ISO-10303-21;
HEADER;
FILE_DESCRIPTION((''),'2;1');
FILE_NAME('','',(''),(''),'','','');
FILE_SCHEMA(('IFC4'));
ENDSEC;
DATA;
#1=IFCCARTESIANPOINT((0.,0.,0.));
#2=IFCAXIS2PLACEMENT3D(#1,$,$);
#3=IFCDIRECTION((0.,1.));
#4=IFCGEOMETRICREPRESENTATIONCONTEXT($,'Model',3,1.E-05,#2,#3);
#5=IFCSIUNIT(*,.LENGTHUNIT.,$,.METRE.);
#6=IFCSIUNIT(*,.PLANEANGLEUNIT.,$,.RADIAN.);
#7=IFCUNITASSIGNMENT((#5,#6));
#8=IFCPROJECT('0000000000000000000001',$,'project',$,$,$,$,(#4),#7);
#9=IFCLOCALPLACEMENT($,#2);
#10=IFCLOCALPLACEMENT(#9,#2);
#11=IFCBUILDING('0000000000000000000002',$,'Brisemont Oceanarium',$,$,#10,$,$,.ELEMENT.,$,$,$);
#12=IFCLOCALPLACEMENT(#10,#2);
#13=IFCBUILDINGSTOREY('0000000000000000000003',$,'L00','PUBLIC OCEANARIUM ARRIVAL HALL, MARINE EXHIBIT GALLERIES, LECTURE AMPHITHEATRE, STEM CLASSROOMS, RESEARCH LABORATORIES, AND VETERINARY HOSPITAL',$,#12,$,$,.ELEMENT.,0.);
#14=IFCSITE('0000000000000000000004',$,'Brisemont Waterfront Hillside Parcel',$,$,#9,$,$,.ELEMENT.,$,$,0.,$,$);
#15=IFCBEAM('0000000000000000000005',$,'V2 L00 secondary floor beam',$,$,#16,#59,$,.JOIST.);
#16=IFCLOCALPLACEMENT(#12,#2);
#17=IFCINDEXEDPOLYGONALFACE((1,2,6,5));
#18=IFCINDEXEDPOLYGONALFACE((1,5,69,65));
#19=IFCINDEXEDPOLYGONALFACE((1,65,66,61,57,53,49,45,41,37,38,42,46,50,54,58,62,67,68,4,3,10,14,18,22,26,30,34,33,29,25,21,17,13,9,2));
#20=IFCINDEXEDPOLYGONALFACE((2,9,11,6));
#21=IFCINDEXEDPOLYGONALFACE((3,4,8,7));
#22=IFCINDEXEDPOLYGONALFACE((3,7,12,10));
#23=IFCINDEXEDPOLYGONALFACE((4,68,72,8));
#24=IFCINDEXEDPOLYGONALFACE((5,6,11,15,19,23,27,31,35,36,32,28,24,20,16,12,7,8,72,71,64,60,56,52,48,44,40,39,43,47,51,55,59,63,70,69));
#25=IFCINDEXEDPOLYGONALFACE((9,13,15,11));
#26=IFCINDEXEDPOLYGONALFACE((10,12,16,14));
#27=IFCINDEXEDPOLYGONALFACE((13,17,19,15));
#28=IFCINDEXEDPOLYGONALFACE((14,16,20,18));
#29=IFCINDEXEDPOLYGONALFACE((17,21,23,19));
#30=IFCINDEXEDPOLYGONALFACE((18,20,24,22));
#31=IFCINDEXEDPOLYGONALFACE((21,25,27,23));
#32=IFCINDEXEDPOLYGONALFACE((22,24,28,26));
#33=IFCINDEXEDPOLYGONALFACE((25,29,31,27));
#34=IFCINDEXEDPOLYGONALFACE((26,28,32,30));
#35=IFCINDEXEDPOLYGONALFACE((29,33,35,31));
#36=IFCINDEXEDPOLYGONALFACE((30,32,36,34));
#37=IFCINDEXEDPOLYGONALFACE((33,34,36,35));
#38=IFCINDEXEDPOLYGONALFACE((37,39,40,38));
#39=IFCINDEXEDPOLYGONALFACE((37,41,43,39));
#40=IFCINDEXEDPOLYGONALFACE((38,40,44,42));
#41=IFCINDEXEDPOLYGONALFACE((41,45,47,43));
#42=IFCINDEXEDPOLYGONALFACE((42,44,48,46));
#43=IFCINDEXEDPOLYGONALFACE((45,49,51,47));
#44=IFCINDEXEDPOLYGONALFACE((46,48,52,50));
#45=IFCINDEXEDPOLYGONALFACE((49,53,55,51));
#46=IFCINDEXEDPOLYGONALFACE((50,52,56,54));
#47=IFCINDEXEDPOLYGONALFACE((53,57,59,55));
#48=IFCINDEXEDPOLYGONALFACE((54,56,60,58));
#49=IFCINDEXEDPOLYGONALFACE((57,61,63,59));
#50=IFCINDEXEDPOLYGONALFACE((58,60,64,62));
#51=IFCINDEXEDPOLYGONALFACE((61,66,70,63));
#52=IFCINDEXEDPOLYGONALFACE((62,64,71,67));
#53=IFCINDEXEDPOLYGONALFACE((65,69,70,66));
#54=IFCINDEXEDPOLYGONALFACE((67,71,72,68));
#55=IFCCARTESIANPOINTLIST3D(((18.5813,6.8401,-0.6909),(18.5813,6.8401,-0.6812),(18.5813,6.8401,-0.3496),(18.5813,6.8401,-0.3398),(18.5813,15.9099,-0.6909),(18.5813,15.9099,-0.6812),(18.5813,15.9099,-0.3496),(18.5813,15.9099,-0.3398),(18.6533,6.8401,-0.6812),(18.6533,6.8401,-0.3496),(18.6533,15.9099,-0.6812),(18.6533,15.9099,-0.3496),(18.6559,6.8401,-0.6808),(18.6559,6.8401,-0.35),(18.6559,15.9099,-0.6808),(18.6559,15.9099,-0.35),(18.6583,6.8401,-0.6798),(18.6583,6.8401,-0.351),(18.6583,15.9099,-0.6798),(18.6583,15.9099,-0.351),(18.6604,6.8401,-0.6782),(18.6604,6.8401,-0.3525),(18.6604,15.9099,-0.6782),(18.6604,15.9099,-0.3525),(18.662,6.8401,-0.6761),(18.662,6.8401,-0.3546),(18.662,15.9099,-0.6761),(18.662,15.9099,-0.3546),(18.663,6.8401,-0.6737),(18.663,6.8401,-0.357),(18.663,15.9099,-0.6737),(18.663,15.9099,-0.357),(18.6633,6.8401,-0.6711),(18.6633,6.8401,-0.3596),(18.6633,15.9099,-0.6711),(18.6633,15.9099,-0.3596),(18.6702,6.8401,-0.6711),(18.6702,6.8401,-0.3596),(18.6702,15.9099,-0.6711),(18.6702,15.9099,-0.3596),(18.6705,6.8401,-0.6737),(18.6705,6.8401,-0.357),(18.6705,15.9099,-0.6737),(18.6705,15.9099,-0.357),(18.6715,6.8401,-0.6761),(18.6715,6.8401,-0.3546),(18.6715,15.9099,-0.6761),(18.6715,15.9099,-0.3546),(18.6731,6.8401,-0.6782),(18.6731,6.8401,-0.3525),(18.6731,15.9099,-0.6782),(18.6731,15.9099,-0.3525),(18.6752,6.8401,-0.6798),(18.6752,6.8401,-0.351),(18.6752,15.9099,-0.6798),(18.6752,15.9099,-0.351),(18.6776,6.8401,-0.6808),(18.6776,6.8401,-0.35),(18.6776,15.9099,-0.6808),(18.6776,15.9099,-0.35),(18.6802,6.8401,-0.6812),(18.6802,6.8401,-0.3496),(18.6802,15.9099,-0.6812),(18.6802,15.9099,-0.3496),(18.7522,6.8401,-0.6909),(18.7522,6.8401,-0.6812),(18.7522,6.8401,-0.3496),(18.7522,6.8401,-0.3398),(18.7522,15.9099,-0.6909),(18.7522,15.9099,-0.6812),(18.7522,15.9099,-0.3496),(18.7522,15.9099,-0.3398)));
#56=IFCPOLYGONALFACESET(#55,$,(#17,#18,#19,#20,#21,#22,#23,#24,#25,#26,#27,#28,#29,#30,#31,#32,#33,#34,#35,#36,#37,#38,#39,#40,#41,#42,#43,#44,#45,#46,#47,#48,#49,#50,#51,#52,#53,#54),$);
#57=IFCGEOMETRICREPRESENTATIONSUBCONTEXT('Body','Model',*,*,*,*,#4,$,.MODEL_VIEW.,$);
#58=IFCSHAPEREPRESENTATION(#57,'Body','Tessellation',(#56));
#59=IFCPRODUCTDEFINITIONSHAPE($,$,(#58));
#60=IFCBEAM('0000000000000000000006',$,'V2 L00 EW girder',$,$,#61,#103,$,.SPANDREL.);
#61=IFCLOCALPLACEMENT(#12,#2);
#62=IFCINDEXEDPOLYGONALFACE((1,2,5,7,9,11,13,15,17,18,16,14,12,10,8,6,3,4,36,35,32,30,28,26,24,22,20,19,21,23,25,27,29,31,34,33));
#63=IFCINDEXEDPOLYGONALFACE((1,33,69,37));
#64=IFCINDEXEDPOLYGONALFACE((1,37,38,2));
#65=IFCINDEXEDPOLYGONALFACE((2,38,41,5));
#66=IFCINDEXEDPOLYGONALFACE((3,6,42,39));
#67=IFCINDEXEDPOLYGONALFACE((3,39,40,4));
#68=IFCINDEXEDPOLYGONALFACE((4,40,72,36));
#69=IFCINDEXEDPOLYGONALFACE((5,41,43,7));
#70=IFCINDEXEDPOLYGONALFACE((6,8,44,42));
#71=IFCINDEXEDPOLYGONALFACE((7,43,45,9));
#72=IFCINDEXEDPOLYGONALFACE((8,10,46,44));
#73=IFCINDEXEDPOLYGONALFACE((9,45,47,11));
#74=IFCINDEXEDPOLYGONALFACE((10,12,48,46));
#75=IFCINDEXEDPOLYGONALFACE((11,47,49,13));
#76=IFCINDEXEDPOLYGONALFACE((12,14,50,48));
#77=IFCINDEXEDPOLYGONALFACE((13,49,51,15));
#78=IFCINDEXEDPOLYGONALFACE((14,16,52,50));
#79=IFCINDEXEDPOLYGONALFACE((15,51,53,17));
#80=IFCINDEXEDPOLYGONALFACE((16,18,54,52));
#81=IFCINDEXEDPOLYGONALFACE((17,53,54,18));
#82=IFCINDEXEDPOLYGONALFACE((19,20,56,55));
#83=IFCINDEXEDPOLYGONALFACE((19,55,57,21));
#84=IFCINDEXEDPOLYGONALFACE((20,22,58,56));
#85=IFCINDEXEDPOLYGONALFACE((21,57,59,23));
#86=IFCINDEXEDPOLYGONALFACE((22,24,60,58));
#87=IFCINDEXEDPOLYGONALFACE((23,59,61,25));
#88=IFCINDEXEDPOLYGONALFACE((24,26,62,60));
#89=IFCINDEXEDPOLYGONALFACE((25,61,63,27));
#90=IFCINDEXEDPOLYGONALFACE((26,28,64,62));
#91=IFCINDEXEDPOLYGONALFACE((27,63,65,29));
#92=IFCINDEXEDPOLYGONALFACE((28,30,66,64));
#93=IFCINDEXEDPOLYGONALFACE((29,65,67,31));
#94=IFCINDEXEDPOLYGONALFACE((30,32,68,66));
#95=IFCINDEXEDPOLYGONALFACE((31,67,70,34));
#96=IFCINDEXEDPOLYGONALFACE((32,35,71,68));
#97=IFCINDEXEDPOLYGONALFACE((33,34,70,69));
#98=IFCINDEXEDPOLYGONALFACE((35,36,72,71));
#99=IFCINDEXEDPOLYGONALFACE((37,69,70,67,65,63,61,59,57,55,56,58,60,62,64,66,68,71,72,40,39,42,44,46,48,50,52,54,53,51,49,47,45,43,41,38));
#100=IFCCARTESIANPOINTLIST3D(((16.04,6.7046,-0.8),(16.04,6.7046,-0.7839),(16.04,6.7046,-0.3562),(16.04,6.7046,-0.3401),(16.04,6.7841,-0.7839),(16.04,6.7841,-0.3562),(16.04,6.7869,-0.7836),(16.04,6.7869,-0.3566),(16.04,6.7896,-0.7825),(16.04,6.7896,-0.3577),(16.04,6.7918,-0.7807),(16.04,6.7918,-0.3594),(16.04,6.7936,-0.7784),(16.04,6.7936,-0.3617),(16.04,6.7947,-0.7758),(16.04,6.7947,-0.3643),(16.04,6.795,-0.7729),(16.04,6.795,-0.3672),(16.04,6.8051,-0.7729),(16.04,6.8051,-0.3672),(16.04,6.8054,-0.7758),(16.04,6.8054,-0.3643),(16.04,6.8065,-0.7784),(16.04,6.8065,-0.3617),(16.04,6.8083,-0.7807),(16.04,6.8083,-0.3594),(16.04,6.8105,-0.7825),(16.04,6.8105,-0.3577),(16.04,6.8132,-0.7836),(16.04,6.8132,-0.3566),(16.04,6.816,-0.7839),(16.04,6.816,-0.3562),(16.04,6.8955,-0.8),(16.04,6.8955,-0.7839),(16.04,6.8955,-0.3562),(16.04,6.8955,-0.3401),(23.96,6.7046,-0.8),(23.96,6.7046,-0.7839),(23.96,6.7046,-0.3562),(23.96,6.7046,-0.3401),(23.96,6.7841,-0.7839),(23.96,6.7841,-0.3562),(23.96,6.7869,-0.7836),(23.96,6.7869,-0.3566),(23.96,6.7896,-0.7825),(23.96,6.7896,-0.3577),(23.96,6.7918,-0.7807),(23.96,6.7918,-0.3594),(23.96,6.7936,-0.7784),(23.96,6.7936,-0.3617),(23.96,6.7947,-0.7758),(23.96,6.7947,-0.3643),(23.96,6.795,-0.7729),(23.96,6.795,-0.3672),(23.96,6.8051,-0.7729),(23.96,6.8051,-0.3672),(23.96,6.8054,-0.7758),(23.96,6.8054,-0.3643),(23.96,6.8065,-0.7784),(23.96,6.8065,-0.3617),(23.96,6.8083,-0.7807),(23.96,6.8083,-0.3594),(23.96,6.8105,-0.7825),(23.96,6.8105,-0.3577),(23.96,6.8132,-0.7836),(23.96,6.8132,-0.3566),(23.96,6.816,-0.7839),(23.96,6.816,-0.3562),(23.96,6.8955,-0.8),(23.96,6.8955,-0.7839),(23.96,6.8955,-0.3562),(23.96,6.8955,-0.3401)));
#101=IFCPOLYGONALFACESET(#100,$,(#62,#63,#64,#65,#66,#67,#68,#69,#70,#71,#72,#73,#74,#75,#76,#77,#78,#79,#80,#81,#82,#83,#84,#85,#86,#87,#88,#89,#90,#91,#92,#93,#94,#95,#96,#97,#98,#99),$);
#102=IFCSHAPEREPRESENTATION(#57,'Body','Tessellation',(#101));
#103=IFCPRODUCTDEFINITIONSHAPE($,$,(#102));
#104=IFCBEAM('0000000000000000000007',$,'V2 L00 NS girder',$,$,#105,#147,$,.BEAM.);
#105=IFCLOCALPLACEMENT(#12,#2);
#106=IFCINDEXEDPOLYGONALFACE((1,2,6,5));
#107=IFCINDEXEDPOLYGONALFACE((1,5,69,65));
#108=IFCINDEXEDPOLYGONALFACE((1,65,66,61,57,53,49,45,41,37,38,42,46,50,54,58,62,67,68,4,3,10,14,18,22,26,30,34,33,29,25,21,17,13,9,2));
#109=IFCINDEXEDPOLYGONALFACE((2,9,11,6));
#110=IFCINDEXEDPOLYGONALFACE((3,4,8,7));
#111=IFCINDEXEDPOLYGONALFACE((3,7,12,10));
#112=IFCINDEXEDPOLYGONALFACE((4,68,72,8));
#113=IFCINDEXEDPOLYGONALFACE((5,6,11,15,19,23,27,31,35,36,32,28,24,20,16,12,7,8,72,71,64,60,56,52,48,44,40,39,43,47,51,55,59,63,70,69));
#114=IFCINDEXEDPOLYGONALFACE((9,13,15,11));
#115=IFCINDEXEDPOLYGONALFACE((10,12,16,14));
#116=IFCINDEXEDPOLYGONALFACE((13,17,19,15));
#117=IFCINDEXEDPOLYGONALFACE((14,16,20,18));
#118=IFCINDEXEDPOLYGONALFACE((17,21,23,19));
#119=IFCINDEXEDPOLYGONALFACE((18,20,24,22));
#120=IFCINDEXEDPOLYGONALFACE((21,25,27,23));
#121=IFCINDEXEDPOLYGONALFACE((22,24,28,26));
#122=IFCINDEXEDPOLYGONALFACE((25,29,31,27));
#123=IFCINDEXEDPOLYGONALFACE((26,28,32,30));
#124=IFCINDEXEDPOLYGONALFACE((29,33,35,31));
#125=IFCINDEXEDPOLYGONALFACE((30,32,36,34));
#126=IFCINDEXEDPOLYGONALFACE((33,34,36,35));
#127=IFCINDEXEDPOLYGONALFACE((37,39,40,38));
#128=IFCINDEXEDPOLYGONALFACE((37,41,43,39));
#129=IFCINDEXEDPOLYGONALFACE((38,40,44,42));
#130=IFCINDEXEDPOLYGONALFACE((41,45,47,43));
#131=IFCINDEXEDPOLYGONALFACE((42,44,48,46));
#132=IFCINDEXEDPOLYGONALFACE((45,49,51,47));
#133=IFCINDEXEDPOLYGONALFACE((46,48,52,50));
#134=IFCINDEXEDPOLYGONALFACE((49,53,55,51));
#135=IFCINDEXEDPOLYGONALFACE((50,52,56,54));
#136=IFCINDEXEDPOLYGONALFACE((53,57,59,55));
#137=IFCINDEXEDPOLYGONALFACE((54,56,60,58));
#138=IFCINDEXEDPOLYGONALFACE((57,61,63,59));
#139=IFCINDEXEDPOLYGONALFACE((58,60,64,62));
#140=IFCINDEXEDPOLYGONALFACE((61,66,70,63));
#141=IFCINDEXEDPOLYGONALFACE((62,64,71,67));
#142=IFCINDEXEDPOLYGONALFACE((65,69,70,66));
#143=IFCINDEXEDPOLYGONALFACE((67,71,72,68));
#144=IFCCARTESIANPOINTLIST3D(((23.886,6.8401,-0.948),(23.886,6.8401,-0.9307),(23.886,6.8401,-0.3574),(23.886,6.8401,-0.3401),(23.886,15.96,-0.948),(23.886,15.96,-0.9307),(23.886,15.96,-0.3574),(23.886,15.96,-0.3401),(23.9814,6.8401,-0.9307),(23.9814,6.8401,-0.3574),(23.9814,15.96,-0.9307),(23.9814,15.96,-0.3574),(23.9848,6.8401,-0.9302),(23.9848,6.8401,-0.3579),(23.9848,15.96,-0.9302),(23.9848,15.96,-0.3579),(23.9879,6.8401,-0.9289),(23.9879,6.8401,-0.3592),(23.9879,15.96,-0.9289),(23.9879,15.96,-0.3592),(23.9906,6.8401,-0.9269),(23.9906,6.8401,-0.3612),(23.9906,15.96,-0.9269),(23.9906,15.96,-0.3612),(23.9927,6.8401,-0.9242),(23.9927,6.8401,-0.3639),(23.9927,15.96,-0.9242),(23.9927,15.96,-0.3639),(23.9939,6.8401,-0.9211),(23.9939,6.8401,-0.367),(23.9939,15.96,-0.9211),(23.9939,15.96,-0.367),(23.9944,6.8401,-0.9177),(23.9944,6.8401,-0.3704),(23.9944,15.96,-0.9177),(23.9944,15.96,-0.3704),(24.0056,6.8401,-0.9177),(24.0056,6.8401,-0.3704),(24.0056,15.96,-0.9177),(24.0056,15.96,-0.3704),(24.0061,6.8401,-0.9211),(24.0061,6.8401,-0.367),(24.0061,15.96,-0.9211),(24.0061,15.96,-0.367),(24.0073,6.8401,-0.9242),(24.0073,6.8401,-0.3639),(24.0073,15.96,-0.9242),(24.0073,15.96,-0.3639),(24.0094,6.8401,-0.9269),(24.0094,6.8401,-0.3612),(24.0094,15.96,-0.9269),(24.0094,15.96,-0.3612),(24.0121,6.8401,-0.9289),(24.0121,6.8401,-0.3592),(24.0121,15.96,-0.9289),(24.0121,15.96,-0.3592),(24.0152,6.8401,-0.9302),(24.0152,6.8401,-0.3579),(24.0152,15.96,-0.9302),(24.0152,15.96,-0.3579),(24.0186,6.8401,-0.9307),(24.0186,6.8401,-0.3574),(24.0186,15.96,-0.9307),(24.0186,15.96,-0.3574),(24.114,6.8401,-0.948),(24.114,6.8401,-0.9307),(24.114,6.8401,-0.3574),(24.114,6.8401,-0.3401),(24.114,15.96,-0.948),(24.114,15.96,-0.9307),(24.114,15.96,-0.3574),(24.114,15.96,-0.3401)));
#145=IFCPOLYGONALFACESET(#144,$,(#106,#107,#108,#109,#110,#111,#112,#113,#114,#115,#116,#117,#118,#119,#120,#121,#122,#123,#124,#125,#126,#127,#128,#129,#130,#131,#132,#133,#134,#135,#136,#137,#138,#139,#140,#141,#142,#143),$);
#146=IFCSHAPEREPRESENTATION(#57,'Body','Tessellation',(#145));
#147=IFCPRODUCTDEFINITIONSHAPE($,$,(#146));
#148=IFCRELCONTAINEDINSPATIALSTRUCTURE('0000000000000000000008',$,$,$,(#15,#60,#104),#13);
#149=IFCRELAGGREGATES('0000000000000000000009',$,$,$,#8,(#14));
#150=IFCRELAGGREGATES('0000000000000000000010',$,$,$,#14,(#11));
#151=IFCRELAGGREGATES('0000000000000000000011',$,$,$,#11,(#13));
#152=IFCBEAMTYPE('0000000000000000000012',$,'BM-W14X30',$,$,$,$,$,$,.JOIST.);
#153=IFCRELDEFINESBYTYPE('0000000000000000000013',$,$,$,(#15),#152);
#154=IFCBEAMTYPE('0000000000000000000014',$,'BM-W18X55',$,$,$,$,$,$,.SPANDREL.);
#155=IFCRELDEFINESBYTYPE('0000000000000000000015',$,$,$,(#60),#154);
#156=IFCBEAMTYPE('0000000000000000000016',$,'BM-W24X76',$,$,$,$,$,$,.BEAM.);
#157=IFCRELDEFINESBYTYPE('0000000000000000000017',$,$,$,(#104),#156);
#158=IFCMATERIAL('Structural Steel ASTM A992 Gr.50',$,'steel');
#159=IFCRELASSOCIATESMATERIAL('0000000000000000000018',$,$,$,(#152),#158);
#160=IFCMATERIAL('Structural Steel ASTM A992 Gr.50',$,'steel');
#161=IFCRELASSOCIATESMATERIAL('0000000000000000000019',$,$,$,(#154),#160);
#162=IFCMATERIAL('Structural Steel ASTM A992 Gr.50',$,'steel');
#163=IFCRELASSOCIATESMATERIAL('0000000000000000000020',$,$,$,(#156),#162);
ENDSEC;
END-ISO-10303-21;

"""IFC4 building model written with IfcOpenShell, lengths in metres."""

from ifc_helpers import new_model, si_unit, direction, frame, origin, origin_2d, place, context, subcontext, project, spatial, i_section, extrude, material, material_profile, profile_set, type_object, element, save


model = new_model("IFC4")

# Units and contexts
model_context = context("Model", 3, precision=1e-05, world=origin(), true_north=direction((0.0, 1.0)))
body_context = subcontext(model_context, "Body", "Model", "MODEL_VIEW")
ifc_project = project(units=[si_unit("LENGTHUNIT", "METRE"), si_unit("PLANEANGLEUNIT", "RADIAN")], contexts=[model_context])

# Site, building, storey
site_placement = place(None, origin())
site = spatial("IfcSite", under=ifc_project, at=site_placement, Name="Brisemont Waterfront Hillside Parcel", CompositionType="ELEMENT", RefElevation=0.0)
building_placement = place(site_placement, origin())
building = spatial("IfcBuilding", under=site, at=building_placement, Name="Brisemont Oceanarium", CompositionType="ELEMENT")
storey_placement = place(building_placement, origin())
storey = spatial("IfcBuildingStorey", under=building, at=storey_placement, Name="L00", Description="PUBLIC OCEANARIUM ARRIVAL HALL, MARINE EXHIBIT GALLERIES, LECTURE AMPHITHEATRE, STEM CLASSROOMS, RESEARCH LABORATORIES, AND VETERINARY HOSPITAL", CompositionType="ELEMENT", Elevation=0.0)

# Beams
ifc_material_1 = material(Name="Structural Steel ASTM A992 Gr.50", Category="steel")
ifc_material_profile_1 = material_profile(ifc_material_1, i_section(OverallWidth=0.1709, OverallDepth=0.3511, WebThickness=0.0068, FlangeThickness=0.0098, FilletRadius=0.01, at=origin_2d()), Name="W14X30")
ifc_profile_set_1 = profile_set([ifc_material_profile_1], Name="Structural Steel ASTM A992 Gr.50")
beam_type_1 = type_object("IfcBeamType", Name="BM-W14X30", PredefinedType="JOIST", material=ifc_profile_set_1)
beam_1_placement = place(storey_placement, frame((18.6667, 6.8401, -0.5154), z_axis=(0.0, 1.0, 0.0), x_axis=(-1.0, 0.0, 0.0)))
element("IfcBeam", 1, at=beam_1_placement, inside=storey, type_object=beam_type_1, Name="V2 L00 secondary floor beam", PredefinedType="JOIST", context=body_context, shape_type="SweptSolid", body=[
    extrude(i_section(OverallWidth=0.1709, OverallDepth=0.3511, WebThickness=0.0068, FlangeThickness=0.0098, FilletRadius=0.01, at=origin_2d()), origin(), (0.0, 0.0, 1.0), 9.0698),
])
ifc_material_2 = material(Name="Structural Steel ASTM A992 Gr.50", Category="steel")
ifc_material_profile_2 = material_profile(ifc_material_2, i_section(OverallWidth=0.1909, OverallDepth=0.46, WebThickness=0.01, FlangeThickness=0.0161, FilletRadius=0.011, at=origin_2d()), Name="W18X55")
ifc_profile_set_2 = profile_set([ifc_material_profile_2], Name="Structural Steel ASTM A992 Gr.50")
beam_type_2 = type_object("IfcBeamType", Name="BM-W18X55", PredefinedType="SPANDREL", material=ifc_profile_set_2)
beam_2_placement = place(storey_placement, frame((16.04, 6.8, -0.5701), z_axis=(1.0, 0.0, 0.0), x_axis=(0.0, 1.0, 0.0)))
element("IfcBeam", 2, at=beam_2_placement, inside=storey, type_object=beam_type_2, Name="V2 L00 EW girder", PredefinedType="SPANDREL", context=body_context, shape_type="SweptSolid", body=[
    extrude(i_section(OverallWidth=0.1909, OverallDepth=0.46, WebThickness=0.01, FlangeThickness=0.0161, FilletRadius=0.011, at=origin_2d()), origin(), (0.0, 0.0, 1.0), 7.9199),
])
ifc_material_3 = material(Name="Structural Steel ASTM A992 Gr.50", Category="steel")
ifc_material_profile_3 = material_profile(ifc_material_3, i_section(OverallWidth=0.228, OverallDepth=0.6079, WebThickness=0.0112, FlangeThickness=0.0173, FilletRadius=0.0129, at=origin_2d()), Name="W24X76")
ifc_profile_set_3 = profile_set([ifc_material_profile_3], Name="Structural Steel ASTM A992 Gr.50")
beam_type_3 = type_object("IfcBeamType", Name="BM-W24X76", PredefinedType="BEAM", material=ifc_profile_set_3)
beam_3_placement = place(storey_placement, frame((24.0, 6.8401, -0.644), z_axis=(0.0, 1.0, 0.0), x_axis=(-1.0, 0.0, 0.0)))
element("IfcBeam", 3, at=beam_3_placement, inside=storey, type_object=beam_type_3, Name="V2 L00 NS girder", PredefinedType="BEAM", context=body_context, shape_type="SweptSolid", body=[
    extrude(i_section(OverallWidth=0.228, OverallDepth=0.6079, WebThickness=0.0112, FlangeThickness=0.0173, FilletRadius=0.0129, at=origin_2d()), origin(), (0.0, 0.0, 1.0), 9.1199),
])

save(model, "model.ifc")
